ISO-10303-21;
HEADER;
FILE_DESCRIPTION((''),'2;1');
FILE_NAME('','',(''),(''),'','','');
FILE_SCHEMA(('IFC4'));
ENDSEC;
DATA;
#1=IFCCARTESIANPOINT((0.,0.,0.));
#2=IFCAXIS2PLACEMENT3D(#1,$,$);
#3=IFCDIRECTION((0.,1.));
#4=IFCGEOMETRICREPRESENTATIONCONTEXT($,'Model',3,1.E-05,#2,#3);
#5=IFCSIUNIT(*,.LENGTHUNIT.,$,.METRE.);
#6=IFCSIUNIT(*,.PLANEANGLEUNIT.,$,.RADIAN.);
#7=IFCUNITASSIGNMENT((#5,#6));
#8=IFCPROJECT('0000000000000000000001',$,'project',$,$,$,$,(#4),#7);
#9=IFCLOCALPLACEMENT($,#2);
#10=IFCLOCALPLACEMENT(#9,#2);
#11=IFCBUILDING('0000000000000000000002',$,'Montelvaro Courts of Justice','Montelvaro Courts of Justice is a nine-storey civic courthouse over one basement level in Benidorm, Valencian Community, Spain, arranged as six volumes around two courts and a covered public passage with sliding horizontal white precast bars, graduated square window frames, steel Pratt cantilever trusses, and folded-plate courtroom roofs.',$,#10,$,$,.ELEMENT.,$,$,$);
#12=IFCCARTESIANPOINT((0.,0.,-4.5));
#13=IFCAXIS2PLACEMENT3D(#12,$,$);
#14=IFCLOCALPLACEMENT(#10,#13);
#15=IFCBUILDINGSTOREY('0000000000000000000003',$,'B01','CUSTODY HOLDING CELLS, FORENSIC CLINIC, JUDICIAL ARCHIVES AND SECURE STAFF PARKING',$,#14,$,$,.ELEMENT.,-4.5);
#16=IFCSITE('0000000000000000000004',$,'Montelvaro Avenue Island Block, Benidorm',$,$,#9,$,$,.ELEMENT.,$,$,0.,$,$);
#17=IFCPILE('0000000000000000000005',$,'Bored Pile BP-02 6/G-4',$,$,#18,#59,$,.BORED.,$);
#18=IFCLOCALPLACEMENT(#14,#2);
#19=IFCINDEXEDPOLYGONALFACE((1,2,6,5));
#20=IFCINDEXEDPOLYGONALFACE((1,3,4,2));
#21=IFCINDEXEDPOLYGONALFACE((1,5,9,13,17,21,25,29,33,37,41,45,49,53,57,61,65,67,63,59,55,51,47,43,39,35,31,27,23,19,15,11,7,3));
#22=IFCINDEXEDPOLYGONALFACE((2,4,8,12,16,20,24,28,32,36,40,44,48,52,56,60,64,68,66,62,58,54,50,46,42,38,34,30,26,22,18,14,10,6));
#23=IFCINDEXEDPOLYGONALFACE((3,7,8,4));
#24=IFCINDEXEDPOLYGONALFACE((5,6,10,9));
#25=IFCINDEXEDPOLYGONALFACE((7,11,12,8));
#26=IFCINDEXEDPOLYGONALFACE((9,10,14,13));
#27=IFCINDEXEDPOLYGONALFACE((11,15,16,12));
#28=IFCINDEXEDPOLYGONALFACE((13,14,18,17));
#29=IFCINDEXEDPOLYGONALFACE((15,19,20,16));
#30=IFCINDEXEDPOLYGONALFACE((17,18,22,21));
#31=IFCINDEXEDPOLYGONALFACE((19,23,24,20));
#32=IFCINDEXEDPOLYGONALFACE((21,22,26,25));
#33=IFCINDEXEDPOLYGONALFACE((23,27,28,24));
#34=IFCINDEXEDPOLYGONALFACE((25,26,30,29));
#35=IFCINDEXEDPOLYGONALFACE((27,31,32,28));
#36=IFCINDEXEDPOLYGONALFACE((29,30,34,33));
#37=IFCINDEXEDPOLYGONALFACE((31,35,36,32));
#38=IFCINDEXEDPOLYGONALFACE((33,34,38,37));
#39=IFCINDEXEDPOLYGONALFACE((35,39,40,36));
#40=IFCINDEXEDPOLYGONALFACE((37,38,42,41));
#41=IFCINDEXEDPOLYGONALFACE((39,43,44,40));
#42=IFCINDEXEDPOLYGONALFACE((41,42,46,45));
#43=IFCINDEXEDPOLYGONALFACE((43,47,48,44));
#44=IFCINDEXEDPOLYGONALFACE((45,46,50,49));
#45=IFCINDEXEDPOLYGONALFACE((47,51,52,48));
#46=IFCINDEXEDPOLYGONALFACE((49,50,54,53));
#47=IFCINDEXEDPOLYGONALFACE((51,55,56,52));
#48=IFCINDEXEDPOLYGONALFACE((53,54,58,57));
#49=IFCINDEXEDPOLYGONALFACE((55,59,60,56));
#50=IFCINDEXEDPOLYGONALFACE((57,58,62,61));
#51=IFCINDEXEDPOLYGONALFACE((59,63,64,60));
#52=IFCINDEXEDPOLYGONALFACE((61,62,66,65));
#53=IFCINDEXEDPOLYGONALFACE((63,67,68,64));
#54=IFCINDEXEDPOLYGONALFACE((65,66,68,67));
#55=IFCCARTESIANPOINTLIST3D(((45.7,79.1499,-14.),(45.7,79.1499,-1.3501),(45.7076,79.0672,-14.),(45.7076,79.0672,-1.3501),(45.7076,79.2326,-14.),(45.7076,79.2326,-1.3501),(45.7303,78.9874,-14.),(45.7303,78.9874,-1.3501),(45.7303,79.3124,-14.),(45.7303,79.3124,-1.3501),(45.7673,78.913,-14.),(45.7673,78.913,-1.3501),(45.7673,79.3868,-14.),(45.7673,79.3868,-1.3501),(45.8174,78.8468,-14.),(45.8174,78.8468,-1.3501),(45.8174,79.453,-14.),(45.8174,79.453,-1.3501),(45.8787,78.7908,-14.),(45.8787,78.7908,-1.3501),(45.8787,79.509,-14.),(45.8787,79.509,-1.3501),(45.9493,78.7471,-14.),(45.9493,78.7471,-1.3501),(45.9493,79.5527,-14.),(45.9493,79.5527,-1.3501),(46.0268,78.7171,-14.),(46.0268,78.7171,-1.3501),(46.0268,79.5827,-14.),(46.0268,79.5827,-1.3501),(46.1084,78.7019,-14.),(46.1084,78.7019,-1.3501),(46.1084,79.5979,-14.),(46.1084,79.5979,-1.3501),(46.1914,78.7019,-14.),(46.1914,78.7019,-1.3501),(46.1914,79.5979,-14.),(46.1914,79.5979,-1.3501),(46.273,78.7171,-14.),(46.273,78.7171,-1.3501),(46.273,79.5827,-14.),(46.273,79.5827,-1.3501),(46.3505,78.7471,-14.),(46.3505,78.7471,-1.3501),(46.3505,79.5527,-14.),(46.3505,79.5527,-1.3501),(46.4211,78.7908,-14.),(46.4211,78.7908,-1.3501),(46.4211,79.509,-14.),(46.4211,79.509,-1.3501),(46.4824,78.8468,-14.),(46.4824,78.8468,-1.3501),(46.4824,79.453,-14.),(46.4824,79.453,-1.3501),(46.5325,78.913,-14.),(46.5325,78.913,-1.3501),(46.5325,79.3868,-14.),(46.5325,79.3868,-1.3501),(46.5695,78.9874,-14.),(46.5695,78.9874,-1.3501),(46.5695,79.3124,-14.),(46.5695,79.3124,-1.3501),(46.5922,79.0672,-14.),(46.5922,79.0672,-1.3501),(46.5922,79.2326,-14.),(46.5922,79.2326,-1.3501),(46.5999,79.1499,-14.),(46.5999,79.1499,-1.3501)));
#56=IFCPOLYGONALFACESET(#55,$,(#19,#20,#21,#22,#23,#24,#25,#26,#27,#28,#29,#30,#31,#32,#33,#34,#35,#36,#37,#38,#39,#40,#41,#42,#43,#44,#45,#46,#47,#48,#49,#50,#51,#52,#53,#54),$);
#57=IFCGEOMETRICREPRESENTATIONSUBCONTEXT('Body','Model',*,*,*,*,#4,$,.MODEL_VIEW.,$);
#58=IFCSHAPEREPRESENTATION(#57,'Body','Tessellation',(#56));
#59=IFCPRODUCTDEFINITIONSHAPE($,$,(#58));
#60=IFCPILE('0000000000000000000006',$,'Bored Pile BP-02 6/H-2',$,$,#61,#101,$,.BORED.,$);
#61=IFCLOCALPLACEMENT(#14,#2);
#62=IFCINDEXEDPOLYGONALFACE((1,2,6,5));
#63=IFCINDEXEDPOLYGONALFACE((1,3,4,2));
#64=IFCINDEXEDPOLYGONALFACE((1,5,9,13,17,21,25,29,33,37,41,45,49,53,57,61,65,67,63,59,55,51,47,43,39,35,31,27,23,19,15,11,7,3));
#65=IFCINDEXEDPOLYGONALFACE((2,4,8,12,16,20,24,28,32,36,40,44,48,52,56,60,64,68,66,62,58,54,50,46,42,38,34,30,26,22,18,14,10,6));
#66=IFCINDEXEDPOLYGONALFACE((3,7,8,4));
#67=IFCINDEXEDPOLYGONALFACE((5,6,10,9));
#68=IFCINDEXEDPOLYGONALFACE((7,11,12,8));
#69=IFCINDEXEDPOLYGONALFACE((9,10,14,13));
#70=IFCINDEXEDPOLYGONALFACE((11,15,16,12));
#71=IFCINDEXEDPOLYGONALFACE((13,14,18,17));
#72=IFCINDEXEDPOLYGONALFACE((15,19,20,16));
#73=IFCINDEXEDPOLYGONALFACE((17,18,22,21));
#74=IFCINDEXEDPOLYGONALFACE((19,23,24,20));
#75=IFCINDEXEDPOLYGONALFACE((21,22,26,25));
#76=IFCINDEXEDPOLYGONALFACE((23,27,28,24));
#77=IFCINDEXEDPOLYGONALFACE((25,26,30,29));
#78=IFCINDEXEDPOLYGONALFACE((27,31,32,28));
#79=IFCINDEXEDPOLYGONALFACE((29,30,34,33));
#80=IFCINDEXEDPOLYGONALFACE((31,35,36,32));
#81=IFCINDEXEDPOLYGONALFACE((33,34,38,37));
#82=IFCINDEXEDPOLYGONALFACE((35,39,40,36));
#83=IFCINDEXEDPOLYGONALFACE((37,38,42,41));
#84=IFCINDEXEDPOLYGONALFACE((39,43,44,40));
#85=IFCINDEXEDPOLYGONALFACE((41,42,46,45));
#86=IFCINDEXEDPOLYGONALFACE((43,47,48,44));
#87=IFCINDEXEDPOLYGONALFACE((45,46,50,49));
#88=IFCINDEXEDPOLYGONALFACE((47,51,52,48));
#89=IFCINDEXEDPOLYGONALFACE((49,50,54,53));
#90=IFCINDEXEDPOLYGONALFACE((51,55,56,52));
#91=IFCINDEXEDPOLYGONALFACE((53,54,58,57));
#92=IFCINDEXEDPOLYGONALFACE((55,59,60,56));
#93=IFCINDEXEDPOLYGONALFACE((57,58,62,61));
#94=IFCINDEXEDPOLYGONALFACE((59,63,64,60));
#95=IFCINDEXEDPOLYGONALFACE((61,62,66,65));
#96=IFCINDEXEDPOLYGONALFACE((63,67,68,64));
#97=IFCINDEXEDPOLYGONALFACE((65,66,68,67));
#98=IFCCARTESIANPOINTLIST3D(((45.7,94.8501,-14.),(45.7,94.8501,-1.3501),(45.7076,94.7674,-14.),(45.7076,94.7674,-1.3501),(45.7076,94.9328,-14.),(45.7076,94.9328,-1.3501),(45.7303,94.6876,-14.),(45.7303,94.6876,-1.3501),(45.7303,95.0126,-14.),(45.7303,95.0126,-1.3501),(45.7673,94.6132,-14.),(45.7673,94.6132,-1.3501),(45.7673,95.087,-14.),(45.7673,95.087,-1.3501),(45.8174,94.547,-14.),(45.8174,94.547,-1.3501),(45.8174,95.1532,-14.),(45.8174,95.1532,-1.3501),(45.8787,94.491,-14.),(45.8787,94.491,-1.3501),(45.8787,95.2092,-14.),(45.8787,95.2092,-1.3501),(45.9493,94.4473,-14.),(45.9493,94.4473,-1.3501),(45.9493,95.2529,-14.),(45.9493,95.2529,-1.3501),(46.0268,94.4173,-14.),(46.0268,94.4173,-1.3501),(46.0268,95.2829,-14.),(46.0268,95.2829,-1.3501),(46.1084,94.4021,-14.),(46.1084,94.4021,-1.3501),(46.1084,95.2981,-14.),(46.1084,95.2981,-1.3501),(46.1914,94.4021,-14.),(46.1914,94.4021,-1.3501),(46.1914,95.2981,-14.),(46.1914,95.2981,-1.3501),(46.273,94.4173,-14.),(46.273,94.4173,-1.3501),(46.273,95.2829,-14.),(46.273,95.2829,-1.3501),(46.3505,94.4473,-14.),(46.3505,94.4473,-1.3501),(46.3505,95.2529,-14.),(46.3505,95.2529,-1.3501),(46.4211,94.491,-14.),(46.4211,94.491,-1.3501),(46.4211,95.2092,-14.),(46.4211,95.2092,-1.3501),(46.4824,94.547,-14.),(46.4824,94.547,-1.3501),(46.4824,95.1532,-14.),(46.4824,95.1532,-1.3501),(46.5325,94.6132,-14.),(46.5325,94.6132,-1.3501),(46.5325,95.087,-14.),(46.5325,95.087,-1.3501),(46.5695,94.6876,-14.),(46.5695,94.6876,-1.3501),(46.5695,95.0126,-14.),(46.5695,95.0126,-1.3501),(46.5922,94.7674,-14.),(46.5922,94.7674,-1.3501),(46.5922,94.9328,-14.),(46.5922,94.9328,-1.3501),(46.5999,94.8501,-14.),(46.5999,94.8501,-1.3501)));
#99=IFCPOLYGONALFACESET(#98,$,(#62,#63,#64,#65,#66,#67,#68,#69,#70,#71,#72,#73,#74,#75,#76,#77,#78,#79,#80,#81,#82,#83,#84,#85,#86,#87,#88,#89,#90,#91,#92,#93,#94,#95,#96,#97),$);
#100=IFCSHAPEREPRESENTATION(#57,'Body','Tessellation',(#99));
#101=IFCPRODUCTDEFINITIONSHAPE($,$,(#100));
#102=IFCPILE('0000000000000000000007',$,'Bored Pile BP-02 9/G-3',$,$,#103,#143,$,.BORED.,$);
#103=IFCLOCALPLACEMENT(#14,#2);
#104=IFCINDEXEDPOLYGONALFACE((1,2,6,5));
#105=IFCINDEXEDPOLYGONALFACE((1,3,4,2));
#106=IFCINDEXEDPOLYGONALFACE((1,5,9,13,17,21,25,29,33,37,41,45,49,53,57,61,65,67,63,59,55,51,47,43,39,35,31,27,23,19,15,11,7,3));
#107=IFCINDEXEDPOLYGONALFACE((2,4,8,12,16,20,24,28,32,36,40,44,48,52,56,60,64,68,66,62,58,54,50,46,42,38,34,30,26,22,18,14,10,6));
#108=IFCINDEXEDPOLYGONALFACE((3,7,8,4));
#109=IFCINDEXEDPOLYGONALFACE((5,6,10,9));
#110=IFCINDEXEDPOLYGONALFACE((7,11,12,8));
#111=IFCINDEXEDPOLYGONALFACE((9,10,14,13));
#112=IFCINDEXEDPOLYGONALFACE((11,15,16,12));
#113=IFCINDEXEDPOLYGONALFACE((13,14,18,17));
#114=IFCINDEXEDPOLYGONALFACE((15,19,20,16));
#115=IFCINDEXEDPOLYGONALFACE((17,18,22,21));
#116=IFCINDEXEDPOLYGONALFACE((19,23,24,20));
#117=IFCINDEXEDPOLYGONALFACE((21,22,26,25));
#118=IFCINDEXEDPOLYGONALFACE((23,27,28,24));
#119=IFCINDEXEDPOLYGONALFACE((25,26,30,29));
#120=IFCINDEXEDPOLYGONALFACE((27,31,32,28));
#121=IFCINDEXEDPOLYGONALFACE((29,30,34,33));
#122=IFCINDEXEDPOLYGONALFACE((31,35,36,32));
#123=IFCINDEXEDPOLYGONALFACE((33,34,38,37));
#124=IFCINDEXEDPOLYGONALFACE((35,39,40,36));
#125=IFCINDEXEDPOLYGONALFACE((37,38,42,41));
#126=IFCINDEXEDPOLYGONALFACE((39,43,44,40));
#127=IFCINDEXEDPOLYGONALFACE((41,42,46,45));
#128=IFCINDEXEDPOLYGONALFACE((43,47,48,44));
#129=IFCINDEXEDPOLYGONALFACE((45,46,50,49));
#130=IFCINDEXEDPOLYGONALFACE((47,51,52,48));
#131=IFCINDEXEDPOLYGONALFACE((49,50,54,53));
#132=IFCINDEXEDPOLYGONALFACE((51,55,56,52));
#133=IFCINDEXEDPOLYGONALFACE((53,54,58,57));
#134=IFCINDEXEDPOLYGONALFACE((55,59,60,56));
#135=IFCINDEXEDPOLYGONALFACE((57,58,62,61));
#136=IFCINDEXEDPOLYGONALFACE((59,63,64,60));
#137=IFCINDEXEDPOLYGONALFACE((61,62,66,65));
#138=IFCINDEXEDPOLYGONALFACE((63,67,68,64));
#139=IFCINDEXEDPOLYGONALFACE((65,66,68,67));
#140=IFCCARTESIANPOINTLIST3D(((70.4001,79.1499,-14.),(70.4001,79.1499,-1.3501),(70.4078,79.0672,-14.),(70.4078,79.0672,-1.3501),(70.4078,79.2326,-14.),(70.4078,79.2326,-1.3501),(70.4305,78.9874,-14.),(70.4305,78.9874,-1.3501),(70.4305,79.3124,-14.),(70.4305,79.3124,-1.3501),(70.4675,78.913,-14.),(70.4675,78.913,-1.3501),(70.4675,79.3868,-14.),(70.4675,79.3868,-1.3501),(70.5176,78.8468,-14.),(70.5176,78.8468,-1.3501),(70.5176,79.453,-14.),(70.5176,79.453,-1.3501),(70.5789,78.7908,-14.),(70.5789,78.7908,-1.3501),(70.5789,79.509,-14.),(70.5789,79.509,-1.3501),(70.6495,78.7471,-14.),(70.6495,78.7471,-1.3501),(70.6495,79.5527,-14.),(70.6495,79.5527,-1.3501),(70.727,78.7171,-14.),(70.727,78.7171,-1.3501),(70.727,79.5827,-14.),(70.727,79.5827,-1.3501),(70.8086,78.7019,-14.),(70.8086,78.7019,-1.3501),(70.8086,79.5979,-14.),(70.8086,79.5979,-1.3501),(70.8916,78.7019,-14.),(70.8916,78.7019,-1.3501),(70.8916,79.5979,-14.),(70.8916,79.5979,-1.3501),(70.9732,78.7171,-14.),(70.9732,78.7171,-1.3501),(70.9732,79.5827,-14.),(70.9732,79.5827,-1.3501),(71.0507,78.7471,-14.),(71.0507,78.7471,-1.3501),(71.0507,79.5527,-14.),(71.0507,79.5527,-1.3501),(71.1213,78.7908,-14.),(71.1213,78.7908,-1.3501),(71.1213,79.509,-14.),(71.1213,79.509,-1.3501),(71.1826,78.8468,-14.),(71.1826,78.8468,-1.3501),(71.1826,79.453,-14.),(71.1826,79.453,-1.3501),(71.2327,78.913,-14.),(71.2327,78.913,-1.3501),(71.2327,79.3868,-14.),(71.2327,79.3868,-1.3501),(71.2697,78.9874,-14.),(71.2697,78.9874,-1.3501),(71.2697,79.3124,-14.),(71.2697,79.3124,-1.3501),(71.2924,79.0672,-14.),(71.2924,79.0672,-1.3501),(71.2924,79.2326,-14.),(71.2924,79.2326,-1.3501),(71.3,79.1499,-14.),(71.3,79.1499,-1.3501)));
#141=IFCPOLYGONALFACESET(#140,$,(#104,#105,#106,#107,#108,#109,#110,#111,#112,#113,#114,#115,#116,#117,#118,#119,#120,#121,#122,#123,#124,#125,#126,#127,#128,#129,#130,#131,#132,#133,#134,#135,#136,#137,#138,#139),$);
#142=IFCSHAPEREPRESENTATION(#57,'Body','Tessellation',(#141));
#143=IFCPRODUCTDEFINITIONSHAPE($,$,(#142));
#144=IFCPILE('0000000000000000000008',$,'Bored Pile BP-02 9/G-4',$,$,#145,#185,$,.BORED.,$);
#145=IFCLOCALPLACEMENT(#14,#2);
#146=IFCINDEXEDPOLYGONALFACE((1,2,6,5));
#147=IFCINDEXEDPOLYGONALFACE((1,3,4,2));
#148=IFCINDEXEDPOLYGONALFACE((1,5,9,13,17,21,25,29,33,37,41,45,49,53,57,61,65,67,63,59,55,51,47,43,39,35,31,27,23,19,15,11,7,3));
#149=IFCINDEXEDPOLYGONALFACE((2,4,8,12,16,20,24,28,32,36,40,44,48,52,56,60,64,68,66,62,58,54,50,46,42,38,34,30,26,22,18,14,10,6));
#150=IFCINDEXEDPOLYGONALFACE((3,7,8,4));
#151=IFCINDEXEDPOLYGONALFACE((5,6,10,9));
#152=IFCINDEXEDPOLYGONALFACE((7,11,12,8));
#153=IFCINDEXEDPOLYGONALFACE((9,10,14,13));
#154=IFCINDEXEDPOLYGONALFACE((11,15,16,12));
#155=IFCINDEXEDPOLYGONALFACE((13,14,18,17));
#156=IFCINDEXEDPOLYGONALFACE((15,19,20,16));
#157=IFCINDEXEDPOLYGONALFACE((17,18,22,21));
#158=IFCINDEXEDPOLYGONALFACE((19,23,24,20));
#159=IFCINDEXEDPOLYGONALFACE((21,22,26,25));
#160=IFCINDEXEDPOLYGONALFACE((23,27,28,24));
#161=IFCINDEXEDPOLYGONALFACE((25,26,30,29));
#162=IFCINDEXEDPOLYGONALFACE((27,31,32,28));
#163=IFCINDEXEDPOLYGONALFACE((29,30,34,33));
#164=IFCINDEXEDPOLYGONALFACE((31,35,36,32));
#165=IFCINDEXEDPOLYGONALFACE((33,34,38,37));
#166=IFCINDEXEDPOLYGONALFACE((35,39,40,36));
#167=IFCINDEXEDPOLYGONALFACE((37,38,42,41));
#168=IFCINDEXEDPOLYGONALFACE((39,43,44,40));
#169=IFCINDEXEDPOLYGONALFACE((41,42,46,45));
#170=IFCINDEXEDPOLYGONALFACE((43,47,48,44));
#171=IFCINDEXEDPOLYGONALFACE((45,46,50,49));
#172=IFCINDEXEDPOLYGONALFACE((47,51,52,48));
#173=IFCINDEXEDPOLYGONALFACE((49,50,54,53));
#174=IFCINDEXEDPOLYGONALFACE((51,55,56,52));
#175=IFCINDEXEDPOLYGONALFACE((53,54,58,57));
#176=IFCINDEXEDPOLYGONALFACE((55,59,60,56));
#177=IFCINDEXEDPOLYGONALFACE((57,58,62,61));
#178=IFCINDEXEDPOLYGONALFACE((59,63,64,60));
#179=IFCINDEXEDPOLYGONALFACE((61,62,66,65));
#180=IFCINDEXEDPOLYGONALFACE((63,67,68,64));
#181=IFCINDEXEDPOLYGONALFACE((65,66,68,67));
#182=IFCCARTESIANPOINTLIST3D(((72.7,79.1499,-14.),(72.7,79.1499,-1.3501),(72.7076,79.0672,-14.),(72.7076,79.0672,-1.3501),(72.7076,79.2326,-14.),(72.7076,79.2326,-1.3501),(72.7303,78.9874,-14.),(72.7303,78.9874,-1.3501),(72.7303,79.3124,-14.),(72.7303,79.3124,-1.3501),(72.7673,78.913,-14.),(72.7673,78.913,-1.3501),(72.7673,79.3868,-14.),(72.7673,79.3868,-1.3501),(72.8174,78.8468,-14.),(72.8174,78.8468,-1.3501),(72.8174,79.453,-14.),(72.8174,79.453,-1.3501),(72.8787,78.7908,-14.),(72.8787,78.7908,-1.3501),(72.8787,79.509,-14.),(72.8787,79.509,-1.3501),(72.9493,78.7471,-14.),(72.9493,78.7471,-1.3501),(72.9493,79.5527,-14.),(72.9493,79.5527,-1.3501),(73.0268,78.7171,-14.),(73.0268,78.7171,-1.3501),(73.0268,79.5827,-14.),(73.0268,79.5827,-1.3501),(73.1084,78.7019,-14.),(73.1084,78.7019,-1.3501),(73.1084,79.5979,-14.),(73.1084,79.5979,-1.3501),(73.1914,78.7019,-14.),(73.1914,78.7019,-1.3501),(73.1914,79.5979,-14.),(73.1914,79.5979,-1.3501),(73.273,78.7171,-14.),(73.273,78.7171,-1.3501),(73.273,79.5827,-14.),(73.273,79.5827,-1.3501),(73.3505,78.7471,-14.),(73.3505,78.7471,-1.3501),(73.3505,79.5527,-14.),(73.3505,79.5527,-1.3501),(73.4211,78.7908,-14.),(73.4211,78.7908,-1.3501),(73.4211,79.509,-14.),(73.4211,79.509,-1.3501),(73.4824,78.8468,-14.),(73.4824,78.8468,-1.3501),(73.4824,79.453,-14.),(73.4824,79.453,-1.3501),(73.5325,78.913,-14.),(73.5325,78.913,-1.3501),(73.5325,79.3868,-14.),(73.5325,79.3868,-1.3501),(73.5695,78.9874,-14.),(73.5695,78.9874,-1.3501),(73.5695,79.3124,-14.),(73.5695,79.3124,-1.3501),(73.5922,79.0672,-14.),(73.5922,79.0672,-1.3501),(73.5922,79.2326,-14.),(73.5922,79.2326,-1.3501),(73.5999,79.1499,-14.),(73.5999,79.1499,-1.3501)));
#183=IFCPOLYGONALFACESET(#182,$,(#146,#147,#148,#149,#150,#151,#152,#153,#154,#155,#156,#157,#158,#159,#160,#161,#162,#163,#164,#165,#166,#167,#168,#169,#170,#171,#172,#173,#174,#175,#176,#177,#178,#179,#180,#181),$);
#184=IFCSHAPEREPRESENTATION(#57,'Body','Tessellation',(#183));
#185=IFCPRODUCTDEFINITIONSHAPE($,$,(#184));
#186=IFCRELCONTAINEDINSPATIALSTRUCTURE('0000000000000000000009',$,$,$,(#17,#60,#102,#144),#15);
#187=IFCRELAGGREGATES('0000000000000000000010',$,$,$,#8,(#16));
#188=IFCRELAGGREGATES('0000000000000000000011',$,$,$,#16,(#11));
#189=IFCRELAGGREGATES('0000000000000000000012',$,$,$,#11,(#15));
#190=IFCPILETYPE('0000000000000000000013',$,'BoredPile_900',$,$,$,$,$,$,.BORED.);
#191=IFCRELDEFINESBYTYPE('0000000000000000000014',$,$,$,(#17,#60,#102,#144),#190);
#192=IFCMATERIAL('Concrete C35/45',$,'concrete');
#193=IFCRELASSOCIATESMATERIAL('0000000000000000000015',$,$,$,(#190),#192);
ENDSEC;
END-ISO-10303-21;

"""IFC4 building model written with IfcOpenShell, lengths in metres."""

from ifc_helpers import new_model, si_unit, direction, frame, origin, origin_2d, place, context, subcontext, project, spatial, circle, extrude, material, material_profile, profile_set, type_object, element, save


model = new_model("IFC4")

# Units and contexts
model_context = context("Model", 3, precision=1e-05, world=origin(), true_north=direction((0.0, 1.0)))
body_context = subcontext(model_context, "Body", "Model", "MODEL_VIEW")
ifc_project = project(units=[si_unit("LENGTHUNIT", "METRE"), si_unit("PLANEANGLEUNIT", "RADIAN")], contexts=[model_context])

# Site, building, storey
site_placement = place(None, origin())
site = spatial("IfcSite", under=ifc_project, at=site_placement, Name="Montelvaro Avenue Island Block, Benidorm", CompositionType="ELEMENT", RefElevation=0.0)
building_placement = place(site_placement, origin())
building = spatial("IfcBuilding", under=site, at=building_placement, Name="Montelvaro Courts of Justice", Description="Montelvaro Courts of Justice is a nine-storey civic courthouse over one basement level in Benidorm, Valencian Community, Spain, arranged as six volumes around two courts and a covered public passage with sliding horizontal white precast bars, graduated square window frames, steel Pratt cantilever trusses, and folded-plate courtroom roofs.", CompositionType="ELEMENT")
storey_placement = place(building_placement, frame((0.0, 0.0, -4.5)))
storey = spatial("IfcBuildingStorey", under=building, at=storey_placement, Name="B01", Description="CUSTODY HOLDING CELLS, FORENSIC CLINIC, JUDICIAL ARCHIVES AND SECURE STAFF PARKING", CompositionType="ELEMENT", Elevation=-4.5)

# Piles
ifc_material_1 = material(Name="Concrete C35/45", Category="concrete")
ifc_material_profile_1 = material_profile(ifc_material_1, circle(Radius=0.45, at=origin_2d()), Name="BORED PILE D900")
ifc_profile_set_1 = profile_set([ifc_material_profile_1], Name="Concrete C35/45")
pile_type_1 = type_object("IfcPileType", Name="BoredPile_900", PredefinedType="BORED", material=ifc_profile_set_1)
for number, where, z_axis, x_axis, name in (
    (1, (46.1499, 79.1499, -1.3501), (0.0, 0.0, -1.0), (1.0, 0.0, 0.0), "Bored Pile BP-02 6/G-4"),
    (2, (46.1499, 94.8501, -1.3501), (0.0, 0.0, -1.0), (1.0, 0.0, 0.0), "Bored Pile BP-02 6/H-2"),
    (3, (70.8501, 79.1499, -1.3501), (0.0, 0.0, -1.0), (1.0, 0.0, 0.0), "Bored Pile BP-02 9/G-3"),
    (4, (73.1499, 79.1499, -1.3501), (0.0, 0.0, -1.0), (1.0, 0.0, 0.0), "Bored Pile BP-02 9/G-4"),
):
    element("IfcPile", number, at=place(storey_placement, frame(where, z_axis=z_axis, x_axis=x_axis)), inside=storey, type_object=pile_type_1, Name=name, PredefinedType="BORED", context=body_context, shape_type="SweptSolid", body=[
        extrude(circle(Radius=0.45, at=origin_2d()), origin(), (0.0, 0.0, 1.0), 12.6499),
    ])

save(model, "model.ifc")
